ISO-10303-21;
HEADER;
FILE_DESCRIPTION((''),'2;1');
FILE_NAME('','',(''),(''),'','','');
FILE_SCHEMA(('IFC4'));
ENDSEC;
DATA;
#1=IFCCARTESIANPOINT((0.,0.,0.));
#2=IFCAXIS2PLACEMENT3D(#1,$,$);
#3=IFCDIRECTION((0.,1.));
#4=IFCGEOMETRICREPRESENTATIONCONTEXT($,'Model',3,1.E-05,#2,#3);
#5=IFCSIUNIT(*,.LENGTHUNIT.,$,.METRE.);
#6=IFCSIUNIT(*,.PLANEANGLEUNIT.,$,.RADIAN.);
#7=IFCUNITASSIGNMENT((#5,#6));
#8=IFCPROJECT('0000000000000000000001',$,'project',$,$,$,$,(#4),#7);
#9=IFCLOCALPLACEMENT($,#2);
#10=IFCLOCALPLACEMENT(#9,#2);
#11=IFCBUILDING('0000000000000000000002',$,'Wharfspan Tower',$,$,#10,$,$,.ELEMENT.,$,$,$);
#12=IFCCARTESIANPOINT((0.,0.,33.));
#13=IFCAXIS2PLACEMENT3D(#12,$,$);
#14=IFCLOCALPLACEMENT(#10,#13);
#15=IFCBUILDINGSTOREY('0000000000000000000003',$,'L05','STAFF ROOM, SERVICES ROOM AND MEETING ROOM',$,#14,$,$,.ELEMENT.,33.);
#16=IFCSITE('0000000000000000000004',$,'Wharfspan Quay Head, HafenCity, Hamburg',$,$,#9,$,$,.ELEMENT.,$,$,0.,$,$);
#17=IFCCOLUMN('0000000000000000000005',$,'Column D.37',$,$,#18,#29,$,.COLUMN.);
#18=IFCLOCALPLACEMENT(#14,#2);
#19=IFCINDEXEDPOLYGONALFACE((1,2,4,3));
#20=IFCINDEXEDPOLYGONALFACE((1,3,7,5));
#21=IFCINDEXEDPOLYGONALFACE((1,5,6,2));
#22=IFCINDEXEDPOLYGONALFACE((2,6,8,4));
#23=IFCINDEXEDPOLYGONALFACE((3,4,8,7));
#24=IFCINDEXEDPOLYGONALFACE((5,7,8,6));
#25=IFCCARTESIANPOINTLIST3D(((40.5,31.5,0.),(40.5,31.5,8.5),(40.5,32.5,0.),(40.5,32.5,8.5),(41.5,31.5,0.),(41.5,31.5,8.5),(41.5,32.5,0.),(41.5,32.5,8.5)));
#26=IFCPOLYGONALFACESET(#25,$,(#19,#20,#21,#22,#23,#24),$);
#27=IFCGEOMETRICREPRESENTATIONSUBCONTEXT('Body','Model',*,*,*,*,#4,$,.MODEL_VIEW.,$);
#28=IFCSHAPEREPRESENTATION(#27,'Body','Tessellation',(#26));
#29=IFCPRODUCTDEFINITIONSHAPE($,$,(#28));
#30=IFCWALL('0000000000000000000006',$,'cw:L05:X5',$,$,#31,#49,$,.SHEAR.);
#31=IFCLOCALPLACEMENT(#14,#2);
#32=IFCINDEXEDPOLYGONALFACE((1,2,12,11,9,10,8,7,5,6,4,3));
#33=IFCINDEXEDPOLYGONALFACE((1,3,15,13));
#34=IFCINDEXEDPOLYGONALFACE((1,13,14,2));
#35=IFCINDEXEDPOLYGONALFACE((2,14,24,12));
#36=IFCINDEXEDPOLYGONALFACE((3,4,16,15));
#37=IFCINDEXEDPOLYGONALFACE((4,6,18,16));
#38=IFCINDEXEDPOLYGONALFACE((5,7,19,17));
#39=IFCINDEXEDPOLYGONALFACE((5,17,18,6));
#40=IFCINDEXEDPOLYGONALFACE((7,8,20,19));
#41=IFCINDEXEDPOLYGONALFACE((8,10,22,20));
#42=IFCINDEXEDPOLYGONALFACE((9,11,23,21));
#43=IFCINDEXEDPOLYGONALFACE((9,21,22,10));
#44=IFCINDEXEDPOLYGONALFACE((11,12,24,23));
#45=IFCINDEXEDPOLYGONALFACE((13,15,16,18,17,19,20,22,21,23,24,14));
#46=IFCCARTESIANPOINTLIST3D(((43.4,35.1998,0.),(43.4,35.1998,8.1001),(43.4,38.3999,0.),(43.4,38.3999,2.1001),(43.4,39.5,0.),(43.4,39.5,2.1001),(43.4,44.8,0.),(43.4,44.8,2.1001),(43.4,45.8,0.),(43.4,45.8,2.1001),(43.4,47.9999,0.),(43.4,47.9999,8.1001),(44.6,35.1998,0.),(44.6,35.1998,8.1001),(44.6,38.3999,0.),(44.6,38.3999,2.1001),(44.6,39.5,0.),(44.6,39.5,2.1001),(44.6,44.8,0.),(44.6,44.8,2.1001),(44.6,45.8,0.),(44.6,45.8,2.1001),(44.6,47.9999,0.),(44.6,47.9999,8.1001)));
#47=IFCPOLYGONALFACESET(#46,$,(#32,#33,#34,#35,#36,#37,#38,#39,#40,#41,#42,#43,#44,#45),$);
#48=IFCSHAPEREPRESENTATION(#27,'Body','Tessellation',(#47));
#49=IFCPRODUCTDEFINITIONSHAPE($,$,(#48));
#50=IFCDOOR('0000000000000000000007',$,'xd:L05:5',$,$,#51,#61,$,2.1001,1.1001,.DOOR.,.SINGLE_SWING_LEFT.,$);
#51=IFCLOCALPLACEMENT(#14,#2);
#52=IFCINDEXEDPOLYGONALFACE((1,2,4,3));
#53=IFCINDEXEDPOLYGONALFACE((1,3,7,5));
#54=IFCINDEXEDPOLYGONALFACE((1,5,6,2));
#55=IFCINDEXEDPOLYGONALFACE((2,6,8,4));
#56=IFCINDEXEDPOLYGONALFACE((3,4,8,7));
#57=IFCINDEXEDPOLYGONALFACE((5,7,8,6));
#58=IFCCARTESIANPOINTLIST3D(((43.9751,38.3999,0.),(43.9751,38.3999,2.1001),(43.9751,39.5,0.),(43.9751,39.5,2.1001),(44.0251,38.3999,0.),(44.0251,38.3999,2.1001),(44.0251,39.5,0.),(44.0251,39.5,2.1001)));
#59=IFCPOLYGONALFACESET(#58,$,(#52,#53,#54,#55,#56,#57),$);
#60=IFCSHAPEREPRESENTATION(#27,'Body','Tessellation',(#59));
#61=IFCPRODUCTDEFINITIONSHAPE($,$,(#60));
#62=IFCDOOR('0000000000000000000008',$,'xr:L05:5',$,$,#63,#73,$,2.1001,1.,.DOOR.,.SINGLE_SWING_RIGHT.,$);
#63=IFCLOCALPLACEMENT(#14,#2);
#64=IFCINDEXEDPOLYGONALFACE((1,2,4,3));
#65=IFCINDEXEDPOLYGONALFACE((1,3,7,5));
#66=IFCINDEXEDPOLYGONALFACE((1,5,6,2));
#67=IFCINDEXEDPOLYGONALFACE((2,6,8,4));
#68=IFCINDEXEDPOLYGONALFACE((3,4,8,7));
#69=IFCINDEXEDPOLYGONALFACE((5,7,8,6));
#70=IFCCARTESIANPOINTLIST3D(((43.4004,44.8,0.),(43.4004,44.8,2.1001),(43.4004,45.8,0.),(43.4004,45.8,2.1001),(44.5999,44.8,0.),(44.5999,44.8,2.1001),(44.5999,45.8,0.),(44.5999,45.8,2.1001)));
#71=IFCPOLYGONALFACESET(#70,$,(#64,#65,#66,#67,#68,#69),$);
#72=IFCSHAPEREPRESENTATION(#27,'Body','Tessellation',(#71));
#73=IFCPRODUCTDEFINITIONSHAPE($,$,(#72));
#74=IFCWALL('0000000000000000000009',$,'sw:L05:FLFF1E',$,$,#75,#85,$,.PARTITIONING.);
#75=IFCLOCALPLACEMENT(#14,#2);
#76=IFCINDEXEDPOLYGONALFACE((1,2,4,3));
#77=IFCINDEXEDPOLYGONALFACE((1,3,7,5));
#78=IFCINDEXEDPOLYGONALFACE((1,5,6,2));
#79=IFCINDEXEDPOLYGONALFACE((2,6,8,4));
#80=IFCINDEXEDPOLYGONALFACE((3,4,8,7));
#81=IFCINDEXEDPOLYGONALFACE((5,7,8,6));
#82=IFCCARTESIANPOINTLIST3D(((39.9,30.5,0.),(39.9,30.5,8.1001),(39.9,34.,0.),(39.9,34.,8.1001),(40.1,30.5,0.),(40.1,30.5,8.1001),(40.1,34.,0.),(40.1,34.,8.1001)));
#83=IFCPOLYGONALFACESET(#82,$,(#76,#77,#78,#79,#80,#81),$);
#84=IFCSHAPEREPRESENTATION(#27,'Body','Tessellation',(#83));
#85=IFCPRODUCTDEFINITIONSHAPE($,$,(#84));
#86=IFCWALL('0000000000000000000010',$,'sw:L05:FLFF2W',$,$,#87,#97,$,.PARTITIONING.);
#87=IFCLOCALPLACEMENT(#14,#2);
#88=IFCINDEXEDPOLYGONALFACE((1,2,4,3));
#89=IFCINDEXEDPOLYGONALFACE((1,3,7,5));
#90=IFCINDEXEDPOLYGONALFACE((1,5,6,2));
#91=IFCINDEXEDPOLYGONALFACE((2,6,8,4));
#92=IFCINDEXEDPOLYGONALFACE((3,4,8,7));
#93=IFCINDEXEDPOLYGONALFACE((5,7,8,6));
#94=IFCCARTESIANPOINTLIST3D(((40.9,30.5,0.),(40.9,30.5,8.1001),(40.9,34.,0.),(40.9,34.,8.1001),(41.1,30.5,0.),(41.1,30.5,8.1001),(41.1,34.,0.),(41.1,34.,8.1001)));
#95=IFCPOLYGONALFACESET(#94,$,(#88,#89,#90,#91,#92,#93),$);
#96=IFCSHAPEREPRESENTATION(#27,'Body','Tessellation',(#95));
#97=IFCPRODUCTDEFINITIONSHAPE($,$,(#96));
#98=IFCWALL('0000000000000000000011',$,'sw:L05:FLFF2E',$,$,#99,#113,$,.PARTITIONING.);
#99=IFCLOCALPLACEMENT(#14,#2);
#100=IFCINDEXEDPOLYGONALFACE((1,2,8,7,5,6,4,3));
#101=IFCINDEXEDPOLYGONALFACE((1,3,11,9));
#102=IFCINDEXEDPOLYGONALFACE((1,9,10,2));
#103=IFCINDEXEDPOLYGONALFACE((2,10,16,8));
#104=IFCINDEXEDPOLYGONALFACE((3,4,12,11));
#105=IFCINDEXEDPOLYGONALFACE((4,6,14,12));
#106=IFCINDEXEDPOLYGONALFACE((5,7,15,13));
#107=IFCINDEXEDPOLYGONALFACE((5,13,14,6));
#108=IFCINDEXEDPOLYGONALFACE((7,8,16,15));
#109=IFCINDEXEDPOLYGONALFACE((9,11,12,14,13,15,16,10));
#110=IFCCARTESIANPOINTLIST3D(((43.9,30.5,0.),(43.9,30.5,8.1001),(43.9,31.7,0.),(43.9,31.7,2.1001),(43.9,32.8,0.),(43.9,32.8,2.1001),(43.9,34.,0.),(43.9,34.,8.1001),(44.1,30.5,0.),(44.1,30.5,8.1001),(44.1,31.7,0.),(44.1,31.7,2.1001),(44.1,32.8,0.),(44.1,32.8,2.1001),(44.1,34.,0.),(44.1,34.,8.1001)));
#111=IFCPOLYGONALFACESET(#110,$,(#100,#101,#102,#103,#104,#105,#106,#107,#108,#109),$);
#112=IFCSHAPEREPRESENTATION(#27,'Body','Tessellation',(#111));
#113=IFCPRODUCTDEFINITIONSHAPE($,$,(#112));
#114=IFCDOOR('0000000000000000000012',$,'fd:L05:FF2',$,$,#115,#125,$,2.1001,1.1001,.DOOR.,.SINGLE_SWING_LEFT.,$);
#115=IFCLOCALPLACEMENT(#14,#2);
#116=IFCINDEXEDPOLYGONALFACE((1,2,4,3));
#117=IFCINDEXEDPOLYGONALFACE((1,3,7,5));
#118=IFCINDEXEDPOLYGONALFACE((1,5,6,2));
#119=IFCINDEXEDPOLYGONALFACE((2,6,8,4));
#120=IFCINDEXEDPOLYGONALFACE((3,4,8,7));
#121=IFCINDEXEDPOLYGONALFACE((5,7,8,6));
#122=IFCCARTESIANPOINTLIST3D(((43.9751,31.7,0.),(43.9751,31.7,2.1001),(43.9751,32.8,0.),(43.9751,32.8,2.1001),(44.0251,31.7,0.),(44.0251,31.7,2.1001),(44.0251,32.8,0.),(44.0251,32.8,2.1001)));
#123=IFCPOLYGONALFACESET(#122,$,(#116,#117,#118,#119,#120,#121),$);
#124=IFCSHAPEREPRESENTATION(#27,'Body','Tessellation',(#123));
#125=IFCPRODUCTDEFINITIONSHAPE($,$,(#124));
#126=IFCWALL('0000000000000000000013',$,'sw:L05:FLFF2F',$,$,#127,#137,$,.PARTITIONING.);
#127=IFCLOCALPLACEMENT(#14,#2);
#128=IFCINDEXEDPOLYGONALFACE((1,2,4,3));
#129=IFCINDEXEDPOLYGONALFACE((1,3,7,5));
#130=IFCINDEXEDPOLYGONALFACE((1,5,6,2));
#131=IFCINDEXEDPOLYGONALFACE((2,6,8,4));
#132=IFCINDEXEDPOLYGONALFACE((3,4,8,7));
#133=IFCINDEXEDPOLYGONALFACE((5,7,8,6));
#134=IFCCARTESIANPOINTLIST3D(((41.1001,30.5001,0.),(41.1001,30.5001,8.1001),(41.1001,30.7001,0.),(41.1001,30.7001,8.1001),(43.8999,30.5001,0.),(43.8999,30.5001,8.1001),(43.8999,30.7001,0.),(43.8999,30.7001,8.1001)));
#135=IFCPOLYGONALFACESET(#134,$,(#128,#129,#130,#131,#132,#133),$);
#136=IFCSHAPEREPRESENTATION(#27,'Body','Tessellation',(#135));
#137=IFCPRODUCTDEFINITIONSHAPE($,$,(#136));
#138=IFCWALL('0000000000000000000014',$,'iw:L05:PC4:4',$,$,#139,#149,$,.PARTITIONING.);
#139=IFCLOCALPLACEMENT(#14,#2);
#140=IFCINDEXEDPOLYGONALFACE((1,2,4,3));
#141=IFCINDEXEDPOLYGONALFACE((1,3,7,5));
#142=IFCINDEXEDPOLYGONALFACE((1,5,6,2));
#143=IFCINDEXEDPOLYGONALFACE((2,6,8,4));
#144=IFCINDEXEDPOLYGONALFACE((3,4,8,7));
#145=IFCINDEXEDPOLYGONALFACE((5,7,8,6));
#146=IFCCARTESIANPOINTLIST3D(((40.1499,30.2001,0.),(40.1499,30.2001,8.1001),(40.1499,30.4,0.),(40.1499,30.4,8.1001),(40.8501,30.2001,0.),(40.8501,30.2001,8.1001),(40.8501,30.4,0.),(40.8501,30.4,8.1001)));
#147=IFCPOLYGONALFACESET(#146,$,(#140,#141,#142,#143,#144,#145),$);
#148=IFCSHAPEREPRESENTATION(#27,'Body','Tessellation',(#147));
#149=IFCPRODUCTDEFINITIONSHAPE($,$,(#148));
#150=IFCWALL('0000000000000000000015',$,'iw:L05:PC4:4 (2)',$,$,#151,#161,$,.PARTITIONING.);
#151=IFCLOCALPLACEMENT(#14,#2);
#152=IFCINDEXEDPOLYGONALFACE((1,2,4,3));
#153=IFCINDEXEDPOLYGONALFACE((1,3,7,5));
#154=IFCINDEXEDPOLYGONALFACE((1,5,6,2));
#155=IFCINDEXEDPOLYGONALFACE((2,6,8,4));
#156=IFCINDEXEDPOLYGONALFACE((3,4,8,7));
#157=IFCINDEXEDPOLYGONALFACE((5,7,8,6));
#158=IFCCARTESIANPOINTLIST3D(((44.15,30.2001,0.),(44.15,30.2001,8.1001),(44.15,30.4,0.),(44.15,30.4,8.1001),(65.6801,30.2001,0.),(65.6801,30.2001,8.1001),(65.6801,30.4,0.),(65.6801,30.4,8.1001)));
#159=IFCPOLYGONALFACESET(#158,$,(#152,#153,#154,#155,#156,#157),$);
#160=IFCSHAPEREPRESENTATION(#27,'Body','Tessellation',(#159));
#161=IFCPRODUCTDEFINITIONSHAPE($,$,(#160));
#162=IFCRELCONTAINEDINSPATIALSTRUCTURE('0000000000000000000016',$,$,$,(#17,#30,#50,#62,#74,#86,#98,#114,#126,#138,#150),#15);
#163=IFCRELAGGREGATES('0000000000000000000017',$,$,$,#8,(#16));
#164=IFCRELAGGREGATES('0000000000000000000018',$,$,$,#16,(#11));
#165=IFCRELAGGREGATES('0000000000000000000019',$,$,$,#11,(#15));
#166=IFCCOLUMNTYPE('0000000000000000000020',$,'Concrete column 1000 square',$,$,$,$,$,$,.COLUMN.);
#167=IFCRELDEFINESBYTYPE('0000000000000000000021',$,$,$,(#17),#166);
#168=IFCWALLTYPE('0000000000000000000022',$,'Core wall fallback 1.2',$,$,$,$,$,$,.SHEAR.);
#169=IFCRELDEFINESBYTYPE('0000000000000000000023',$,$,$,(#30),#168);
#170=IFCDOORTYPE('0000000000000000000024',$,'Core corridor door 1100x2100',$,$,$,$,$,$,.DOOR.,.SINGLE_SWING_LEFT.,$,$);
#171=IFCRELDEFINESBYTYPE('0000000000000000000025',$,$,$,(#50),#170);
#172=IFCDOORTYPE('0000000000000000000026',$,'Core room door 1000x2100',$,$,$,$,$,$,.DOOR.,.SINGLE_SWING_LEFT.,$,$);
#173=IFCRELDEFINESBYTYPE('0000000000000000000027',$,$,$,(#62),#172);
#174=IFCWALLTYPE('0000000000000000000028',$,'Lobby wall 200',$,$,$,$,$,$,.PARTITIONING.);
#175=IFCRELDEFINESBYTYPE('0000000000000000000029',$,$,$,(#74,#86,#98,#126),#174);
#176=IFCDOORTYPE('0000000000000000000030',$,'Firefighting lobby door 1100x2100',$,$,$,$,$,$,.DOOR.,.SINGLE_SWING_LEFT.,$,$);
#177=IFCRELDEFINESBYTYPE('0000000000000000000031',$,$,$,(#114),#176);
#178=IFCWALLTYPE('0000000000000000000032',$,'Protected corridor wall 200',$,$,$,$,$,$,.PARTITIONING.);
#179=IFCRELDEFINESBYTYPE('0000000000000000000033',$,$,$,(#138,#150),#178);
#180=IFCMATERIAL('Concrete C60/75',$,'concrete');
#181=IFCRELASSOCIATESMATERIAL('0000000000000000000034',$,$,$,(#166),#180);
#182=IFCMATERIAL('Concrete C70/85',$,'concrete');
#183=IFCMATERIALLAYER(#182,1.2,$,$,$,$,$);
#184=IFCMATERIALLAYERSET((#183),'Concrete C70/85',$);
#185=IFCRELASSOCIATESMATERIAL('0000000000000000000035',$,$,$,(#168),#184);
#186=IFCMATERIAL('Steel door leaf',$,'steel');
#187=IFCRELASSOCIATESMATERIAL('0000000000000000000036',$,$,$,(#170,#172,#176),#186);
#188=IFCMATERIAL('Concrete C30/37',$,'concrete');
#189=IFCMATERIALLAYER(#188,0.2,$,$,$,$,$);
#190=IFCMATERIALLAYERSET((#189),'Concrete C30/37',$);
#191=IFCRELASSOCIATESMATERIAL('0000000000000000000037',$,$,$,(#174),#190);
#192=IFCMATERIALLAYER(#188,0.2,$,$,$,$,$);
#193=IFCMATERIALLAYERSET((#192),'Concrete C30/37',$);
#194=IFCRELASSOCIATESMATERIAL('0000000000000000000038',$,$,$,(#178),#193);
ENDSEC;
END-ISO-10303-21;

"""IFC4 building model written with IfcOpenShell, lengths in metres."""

from ifc_helpers import new_model, si_unit, direction, frame, frame_2d, origin, origin_2d, place, context, subcontext, project, spatial, rectangle, extrude, material, layer, layer_set, material_profile, profile_set, type_object, element, fill, save


model = new_model("IFC4")

# Units and contexts
model_context = context("Model", 3, precision=1e-05, world=origin(), true_north=direction((0.0, 1.0)))
body_context = subcontext(model_context, "Body", "Model", "MODEL_VIEW")
ifc_project = project(units=[si_unit("LENGTHUNIT", "METRE"), si_unit("PLANEANGLEUNIT", "RADIAN")], contexts=[model_context])

# Site, building, storey
site_placement = place(None, origin())
site = spatial("IfcSite", under=ifc_project, at=site_placement, Name="Wharfspan Quay Head, HafenCity, Hamburg", CompositionType="ELEMENT", RefElevation=0.0)
building_placement = place(site_placement, origin())
building = spatial("IfcBuilding", under=site, at=building_placement, Name="Wharfspan Tower", CompositionType="ELEMENT")
storey_placement = place(building_placement, frame((0.0, 0.0, 33.0)))
storey = spatial("IfcBuildingStorey", under=building, at=storey_placement, Name="L05", Description="STAFF ROOM, SERVICES ROOM AND MEETING ROOM", CompositionType="ELEMENT", Elevation=33.0)

# Column
ifc_material_1 = material(Name="Concrete C60/75", Category="concrete")
ifc_material_profile = material_profile(ifc_material_1, rectangle(XDim=1.0, YDim=1.0, at=origin_2d()))
ifc_profile_set = profile_set([ifc_material_profile], Name="Concrete C60/75")
column_type = type_object("IfcColumnType", Name="Concrete column 1000 square", PredefinedType="COLUMN", material=ifc_profile_set)
column_placement = place(storey_placement, frame((41.0, 32.0, 0.0), z_axis=(0.0, 0.0, 1.0), x_axis=(1.0, 0.0, 0.0)))
element("IfcColumn", 1, at=column_placement, inside=storey, type_object=column_type, Name="Column D.37", PredefinedType="COLUMN", context=body_context, shape_type="SweptSolid", body=[
    extrude(rectangle(XDim=1.0, YDim=1.0, at=origin_2d()), origin(), (0.0, 0.0, 1.0), 8.5),
])

# Wall, openings, doors
ifc_material_2 = material(Name="Concrete C70/85", Category="concrete")
ifc_layer_1 = layer(ifc_material_2, 1.2)
ifc_layer_set_1 = layer_set([ifc_layer_1], Name="Concrete C70/85")
wall_type_1 = type_object("IfcWallType", Name="Core wall fallback 1.2", PredefinedType="SHEAR", material=ifc_layer_set_1)
wall_1_placement = place(storey_placement, frame((44.0, 35.2, 0.0), z_axis=(0.0, 0.0, 1.0), x_axis=(0.0, 1.0, 0.0)))
wall_1 = element("IfcWall", 2, at=wall_1_placement, inside=storey, type_object=wall_type_1, Name="cw:L05:X5", PredefinedType="SHEAR", context=body_context, shape_type="SweptSolid", body=[
    extrude(rectangle(XDim=12.8, YDim=1.2, at=frame_2d((6.3999, 0.0))), origin(), (0.0, 0.0, 1.0), 8.1001),
])
opening_1_placement = place(wall_1_placement, frame((3.2, 0.0, 0.0)))
opening_1 = element("IfcOpeningElement", 3, at=opening_1_placement, cuts=wall_1, PredefinedType="OPENING", context=body_context, shape_type="SweptSolid", body=[
    extrude(rectangle(XDim=1.1001, YDim=2.1001, at=frame_2d((0.55, 1.05))), frame((0.0, 0.6099, 0.0), z_axis=(0.0, -1.0, 0.0), x_axis=(1.0, 0.0, 0.0)), (0.0, 0.0, 1.0), 1.22),
])
opening_2_placement = place(wall_1_placement, frame((9.6001, 0.0, 0.0)))
opening_2 = element("IfcOpeningElement", 4, at=opening_2_placement, cuts=wall_1, PredefinedType="OPENING", context=body_context, shape_type="SweptSolid", body=[
    extrude(rectangle(XDim=1.0, YDim=2.1001, at=frame_2d((0.5, 1.05))), frame((0.0, 0.6099, 0.0), z_axis=(0.0, -1.0, 0.0), x_axis=(1.0, 0.0, 0.0)), (0.0, 0.0, 1.0), 1.22),
])
ifc_material_3 = material(Name="Steel door leaf", Category="steel")
door_type_1 = type_object("IfcDoorType", Name="Core corridor door 1100x2100", OperationType="SINGLE_SWING_LEFT", PredefinedType="DOOR", material=ifc_material_3)
door_1_placement = place(opening_1_placement, origin())
door_1 = element("IfcDoor", 5, at=door_1_placement, inside=storey, type_object=door_type_1, Name="xd:L05:5", OperationType="SINGLE_SWING_LEFT", OverallHeight=2.1001, OverallWidth=1.1001, PredefinedType="DOOR", context=body_context, shape_type="SweptSolid", body=[
    extrude(rectangle(XDim=1.1001, YDim=2.1001, at=frame_2d((0.55, 1.05))), frame((0.0, 0.0249, 0.0), z_axis=(0.0, -1.0, 0.0), x_axis=(1.0, 0.0, 0.0)), (0.0, 0.0, 1.0), 0.05),
])
fill(opening_1, door_1)
door_type_2 = type_object("IfcDoorType", Name="Core room door 1000x2100", OperationType="SINGLE_SWING_LEFT", PredefinedType="DOOR", material=ifc_material_3)
door_2_placement = place(opening_2_placement, origin())
door_2 = element("IfcDoor", 6, at=door_2_placement, inside=storey, type_object=door_type_2, Name="xr:L05:5", OperationType="SINGLE_SWING_RIGHT", OverallHeight=2.1001, OverallWidth=1.0, PredefinedType="DOOR", context=body_context, shape_type="SweptSolid", body=[
    extrude(rectangle(XDim=1.0, YDim=2.1001, at=frame_2d((0.5, 1.05))), frame((0.0, 0.5996, 0.0), z_axis=(0.0, -1.0, 0.0), x_axis=(1.0, 0.0, 0.0)), (0.0, 0.0, 1.0), 1.1995),
])
fill(opening_2, door_2)

# Walls
ifc_material_4 = material(Name="Concrete C30/37", Category="concrete")
ifc_layer_2 = layer(ifc_material_4, 0.2)
ifc_layer_set_2 = layer_set([ifc_layer_2], Name="Concrete C30/37")
wall_type_2 = type_object("IfcWallType", Name="Lobby wall 200", PredefinedType="PARTITIONING", material=ifc_layer_set_2)
for number, where, z_axis, x_axis, name in (
    (7, (40.0, 30.5, 0.0), (0.0, 0.0, 1.0), (0.0, 1.0, 0.0), "sw:L05:FLFF1E"),
    (8, (41.0, 30.5, 0.0), (0.0, 0.0, 1.0), (0.0, 1.0, 0.0), "sw:L05:FLFF2W"),
):
    element("IfcWall", number, at=place(storey_placement, frame(where, z_axis=z_axis, x_axis=x_axis)), inside=storey, type_object=wall_type_2, Name=name, PredefinedType="PARTITIONING", context=body_context, shape_type="SweptSolid", body=[
        extrude(rectangle(XDim=3.5, YDim=0.2, at=frame_2d((1.75, 0.0))), origin(), (0.0, 0.0, 1.0), 8.1001),
    ])

# Wall, opening, door
wall_2_placement = place(storey_placement, frame((44.0, 30.5, 0.0), z_axis=(0.0, 0.0, 1.0), x_axis=(0.0, 1.0, 0.0)))
wall_2 = element("IfcWall", 9, at=wall_2_placement, inside=storey, type_object=wall_type_2, Name="sw:L05:FLFF2E", PredefinedType="PARTITIONING", context=body_context, shape_type="SweptSolid", body=[
    extrude(rectangle(XDim=3.5, YDim=0.2, at=frame_2d((1.75, 0.0))), origin(), (0.0, 0.0, 1.0), 8.1001),
])
opening_3_placement = place(wall_2_placement, frame((1.2, 0.0, 0.0)))
opening_3 = element("IfcOpeningElement", 10, at=opening_3_placement, cuts=wall_2, PredefinedType="OPENING", context=body_context, shape_type="SweptSolid", body=[
    extrude(rectangle(XDim=1.1001, YDim=2.1001, at=frame_2d((0.55, 1.05))), frame((0.0, 0.1099, 0.0), z_axis=(0.0, -1.0, 0.0), x_axis=(1.0, 0.0, 0.0)), (0.0, 0.0, 1.0), 0.22),
])
door_type_3 = type_object("IfcDoorType", Name="Firefighting lobby door 1100x2100", OperationType="SINGLE_SWING_LEFT", PredefinedType="DOOR", material=ifc_material_3)
door_3_placement = place(opening_3_placement, origin())
door_3 = element("IfcDoor", 11, at=door_3_placement, inside=storey, type_object=door_type_3, Name="fd:L05:FF2", OperationType="SINGLE_SWING_LEFT", OverallHeight=2.1001, OverallWidth=1.1001, PredefinedType="DOOR", context=body_context, shape_type="SweptSolid", body=[
    extrude(rectangle(XDim=1.1001, YDim=2.1001, at=frame_2d((0.55, 1.05))), frame((0.0, 0.0249, 0.0), z_axis=(0.0, -1.0, 0.0), x_axis=(1.0, 0.0, 0.0)), (0.0, 0.0, 1.0), 0.05),
])
fill(opening_3, door_3)

# Walls
wall_3_placement = place(storey_placement, frame((41.1001, 30.6001, 0.0), z_axis=(0.0, 0.0, 1.0), x_axis=(1.0, 0.0, 0.0)))
element("IfcWall", 12, at=wall_3_placement, inside=storey, type_object=wall_type_2, Name="sw:L05:FLFF2F", PredefinedType="PARTITIONING", context=body_context, shape_type="SweptSolid", body=[
    extrude(rectangle(XDim=2.7998, YDim=0.2, at=frame_2d((1.3999, 0.0))), origin(), (0.0, 0.0, 1.0), 8.1001),
])
ifc_layer_3 = layer(ifc_material_4, 0.2)
ifc_layer_set_3 = layer_set([ifc_layer_3], Name="Concrete C30/37")
wall_type_3 = type_object("IfcWallType", Name="Protected corridor wall 200", PredefinedType="PARTITIONING", material=ifc_layer_set_3)
wall_4_placement = place(storey_placement, frame((40.1499, 30.3, 0.0), z_axis=(0.0, 0.0, 1.0), x_axis=(1.0, 0.0, 0.0)))
element("IfcWall", 13, at=wall_4_placement, inside=storey, type_object=wall_type_3, Name="iw:L05:PC4:4", PredefinedType="PARTITIONING", context=body_context, shape_type="SweptSolid", body=[
    extrude(rectangle(XDim=0.7002, YDim=0.2, at=frame_2d((0.3501, 0.0))), origin(), (0.0, 0.0, 1.0), 8.1001),
])
wall_5_placement = place(storey_placement, frame((44.1499, 30.3, 0.0), z_axis=(0.0, 0.0, 1.0), x_axis=(1.0, 0.0, 0.0)))
element("IfcWall", 14, at=wall_5_placement, inside=storey, type_object=wall_type_3, Name="iw:L05:PC4:4 (2)", PredefinedType="PARTITIONING", context=body_context, shape_type="SweptSolid", body=[
    extrude(rectangle(XDim=21.53, YDim=0.2, at=frame_2d((10.7651, 0.0))), origin(), (0.0, 0.0, 1.0), 8.1001),
])

save(model, "model.ifc")
